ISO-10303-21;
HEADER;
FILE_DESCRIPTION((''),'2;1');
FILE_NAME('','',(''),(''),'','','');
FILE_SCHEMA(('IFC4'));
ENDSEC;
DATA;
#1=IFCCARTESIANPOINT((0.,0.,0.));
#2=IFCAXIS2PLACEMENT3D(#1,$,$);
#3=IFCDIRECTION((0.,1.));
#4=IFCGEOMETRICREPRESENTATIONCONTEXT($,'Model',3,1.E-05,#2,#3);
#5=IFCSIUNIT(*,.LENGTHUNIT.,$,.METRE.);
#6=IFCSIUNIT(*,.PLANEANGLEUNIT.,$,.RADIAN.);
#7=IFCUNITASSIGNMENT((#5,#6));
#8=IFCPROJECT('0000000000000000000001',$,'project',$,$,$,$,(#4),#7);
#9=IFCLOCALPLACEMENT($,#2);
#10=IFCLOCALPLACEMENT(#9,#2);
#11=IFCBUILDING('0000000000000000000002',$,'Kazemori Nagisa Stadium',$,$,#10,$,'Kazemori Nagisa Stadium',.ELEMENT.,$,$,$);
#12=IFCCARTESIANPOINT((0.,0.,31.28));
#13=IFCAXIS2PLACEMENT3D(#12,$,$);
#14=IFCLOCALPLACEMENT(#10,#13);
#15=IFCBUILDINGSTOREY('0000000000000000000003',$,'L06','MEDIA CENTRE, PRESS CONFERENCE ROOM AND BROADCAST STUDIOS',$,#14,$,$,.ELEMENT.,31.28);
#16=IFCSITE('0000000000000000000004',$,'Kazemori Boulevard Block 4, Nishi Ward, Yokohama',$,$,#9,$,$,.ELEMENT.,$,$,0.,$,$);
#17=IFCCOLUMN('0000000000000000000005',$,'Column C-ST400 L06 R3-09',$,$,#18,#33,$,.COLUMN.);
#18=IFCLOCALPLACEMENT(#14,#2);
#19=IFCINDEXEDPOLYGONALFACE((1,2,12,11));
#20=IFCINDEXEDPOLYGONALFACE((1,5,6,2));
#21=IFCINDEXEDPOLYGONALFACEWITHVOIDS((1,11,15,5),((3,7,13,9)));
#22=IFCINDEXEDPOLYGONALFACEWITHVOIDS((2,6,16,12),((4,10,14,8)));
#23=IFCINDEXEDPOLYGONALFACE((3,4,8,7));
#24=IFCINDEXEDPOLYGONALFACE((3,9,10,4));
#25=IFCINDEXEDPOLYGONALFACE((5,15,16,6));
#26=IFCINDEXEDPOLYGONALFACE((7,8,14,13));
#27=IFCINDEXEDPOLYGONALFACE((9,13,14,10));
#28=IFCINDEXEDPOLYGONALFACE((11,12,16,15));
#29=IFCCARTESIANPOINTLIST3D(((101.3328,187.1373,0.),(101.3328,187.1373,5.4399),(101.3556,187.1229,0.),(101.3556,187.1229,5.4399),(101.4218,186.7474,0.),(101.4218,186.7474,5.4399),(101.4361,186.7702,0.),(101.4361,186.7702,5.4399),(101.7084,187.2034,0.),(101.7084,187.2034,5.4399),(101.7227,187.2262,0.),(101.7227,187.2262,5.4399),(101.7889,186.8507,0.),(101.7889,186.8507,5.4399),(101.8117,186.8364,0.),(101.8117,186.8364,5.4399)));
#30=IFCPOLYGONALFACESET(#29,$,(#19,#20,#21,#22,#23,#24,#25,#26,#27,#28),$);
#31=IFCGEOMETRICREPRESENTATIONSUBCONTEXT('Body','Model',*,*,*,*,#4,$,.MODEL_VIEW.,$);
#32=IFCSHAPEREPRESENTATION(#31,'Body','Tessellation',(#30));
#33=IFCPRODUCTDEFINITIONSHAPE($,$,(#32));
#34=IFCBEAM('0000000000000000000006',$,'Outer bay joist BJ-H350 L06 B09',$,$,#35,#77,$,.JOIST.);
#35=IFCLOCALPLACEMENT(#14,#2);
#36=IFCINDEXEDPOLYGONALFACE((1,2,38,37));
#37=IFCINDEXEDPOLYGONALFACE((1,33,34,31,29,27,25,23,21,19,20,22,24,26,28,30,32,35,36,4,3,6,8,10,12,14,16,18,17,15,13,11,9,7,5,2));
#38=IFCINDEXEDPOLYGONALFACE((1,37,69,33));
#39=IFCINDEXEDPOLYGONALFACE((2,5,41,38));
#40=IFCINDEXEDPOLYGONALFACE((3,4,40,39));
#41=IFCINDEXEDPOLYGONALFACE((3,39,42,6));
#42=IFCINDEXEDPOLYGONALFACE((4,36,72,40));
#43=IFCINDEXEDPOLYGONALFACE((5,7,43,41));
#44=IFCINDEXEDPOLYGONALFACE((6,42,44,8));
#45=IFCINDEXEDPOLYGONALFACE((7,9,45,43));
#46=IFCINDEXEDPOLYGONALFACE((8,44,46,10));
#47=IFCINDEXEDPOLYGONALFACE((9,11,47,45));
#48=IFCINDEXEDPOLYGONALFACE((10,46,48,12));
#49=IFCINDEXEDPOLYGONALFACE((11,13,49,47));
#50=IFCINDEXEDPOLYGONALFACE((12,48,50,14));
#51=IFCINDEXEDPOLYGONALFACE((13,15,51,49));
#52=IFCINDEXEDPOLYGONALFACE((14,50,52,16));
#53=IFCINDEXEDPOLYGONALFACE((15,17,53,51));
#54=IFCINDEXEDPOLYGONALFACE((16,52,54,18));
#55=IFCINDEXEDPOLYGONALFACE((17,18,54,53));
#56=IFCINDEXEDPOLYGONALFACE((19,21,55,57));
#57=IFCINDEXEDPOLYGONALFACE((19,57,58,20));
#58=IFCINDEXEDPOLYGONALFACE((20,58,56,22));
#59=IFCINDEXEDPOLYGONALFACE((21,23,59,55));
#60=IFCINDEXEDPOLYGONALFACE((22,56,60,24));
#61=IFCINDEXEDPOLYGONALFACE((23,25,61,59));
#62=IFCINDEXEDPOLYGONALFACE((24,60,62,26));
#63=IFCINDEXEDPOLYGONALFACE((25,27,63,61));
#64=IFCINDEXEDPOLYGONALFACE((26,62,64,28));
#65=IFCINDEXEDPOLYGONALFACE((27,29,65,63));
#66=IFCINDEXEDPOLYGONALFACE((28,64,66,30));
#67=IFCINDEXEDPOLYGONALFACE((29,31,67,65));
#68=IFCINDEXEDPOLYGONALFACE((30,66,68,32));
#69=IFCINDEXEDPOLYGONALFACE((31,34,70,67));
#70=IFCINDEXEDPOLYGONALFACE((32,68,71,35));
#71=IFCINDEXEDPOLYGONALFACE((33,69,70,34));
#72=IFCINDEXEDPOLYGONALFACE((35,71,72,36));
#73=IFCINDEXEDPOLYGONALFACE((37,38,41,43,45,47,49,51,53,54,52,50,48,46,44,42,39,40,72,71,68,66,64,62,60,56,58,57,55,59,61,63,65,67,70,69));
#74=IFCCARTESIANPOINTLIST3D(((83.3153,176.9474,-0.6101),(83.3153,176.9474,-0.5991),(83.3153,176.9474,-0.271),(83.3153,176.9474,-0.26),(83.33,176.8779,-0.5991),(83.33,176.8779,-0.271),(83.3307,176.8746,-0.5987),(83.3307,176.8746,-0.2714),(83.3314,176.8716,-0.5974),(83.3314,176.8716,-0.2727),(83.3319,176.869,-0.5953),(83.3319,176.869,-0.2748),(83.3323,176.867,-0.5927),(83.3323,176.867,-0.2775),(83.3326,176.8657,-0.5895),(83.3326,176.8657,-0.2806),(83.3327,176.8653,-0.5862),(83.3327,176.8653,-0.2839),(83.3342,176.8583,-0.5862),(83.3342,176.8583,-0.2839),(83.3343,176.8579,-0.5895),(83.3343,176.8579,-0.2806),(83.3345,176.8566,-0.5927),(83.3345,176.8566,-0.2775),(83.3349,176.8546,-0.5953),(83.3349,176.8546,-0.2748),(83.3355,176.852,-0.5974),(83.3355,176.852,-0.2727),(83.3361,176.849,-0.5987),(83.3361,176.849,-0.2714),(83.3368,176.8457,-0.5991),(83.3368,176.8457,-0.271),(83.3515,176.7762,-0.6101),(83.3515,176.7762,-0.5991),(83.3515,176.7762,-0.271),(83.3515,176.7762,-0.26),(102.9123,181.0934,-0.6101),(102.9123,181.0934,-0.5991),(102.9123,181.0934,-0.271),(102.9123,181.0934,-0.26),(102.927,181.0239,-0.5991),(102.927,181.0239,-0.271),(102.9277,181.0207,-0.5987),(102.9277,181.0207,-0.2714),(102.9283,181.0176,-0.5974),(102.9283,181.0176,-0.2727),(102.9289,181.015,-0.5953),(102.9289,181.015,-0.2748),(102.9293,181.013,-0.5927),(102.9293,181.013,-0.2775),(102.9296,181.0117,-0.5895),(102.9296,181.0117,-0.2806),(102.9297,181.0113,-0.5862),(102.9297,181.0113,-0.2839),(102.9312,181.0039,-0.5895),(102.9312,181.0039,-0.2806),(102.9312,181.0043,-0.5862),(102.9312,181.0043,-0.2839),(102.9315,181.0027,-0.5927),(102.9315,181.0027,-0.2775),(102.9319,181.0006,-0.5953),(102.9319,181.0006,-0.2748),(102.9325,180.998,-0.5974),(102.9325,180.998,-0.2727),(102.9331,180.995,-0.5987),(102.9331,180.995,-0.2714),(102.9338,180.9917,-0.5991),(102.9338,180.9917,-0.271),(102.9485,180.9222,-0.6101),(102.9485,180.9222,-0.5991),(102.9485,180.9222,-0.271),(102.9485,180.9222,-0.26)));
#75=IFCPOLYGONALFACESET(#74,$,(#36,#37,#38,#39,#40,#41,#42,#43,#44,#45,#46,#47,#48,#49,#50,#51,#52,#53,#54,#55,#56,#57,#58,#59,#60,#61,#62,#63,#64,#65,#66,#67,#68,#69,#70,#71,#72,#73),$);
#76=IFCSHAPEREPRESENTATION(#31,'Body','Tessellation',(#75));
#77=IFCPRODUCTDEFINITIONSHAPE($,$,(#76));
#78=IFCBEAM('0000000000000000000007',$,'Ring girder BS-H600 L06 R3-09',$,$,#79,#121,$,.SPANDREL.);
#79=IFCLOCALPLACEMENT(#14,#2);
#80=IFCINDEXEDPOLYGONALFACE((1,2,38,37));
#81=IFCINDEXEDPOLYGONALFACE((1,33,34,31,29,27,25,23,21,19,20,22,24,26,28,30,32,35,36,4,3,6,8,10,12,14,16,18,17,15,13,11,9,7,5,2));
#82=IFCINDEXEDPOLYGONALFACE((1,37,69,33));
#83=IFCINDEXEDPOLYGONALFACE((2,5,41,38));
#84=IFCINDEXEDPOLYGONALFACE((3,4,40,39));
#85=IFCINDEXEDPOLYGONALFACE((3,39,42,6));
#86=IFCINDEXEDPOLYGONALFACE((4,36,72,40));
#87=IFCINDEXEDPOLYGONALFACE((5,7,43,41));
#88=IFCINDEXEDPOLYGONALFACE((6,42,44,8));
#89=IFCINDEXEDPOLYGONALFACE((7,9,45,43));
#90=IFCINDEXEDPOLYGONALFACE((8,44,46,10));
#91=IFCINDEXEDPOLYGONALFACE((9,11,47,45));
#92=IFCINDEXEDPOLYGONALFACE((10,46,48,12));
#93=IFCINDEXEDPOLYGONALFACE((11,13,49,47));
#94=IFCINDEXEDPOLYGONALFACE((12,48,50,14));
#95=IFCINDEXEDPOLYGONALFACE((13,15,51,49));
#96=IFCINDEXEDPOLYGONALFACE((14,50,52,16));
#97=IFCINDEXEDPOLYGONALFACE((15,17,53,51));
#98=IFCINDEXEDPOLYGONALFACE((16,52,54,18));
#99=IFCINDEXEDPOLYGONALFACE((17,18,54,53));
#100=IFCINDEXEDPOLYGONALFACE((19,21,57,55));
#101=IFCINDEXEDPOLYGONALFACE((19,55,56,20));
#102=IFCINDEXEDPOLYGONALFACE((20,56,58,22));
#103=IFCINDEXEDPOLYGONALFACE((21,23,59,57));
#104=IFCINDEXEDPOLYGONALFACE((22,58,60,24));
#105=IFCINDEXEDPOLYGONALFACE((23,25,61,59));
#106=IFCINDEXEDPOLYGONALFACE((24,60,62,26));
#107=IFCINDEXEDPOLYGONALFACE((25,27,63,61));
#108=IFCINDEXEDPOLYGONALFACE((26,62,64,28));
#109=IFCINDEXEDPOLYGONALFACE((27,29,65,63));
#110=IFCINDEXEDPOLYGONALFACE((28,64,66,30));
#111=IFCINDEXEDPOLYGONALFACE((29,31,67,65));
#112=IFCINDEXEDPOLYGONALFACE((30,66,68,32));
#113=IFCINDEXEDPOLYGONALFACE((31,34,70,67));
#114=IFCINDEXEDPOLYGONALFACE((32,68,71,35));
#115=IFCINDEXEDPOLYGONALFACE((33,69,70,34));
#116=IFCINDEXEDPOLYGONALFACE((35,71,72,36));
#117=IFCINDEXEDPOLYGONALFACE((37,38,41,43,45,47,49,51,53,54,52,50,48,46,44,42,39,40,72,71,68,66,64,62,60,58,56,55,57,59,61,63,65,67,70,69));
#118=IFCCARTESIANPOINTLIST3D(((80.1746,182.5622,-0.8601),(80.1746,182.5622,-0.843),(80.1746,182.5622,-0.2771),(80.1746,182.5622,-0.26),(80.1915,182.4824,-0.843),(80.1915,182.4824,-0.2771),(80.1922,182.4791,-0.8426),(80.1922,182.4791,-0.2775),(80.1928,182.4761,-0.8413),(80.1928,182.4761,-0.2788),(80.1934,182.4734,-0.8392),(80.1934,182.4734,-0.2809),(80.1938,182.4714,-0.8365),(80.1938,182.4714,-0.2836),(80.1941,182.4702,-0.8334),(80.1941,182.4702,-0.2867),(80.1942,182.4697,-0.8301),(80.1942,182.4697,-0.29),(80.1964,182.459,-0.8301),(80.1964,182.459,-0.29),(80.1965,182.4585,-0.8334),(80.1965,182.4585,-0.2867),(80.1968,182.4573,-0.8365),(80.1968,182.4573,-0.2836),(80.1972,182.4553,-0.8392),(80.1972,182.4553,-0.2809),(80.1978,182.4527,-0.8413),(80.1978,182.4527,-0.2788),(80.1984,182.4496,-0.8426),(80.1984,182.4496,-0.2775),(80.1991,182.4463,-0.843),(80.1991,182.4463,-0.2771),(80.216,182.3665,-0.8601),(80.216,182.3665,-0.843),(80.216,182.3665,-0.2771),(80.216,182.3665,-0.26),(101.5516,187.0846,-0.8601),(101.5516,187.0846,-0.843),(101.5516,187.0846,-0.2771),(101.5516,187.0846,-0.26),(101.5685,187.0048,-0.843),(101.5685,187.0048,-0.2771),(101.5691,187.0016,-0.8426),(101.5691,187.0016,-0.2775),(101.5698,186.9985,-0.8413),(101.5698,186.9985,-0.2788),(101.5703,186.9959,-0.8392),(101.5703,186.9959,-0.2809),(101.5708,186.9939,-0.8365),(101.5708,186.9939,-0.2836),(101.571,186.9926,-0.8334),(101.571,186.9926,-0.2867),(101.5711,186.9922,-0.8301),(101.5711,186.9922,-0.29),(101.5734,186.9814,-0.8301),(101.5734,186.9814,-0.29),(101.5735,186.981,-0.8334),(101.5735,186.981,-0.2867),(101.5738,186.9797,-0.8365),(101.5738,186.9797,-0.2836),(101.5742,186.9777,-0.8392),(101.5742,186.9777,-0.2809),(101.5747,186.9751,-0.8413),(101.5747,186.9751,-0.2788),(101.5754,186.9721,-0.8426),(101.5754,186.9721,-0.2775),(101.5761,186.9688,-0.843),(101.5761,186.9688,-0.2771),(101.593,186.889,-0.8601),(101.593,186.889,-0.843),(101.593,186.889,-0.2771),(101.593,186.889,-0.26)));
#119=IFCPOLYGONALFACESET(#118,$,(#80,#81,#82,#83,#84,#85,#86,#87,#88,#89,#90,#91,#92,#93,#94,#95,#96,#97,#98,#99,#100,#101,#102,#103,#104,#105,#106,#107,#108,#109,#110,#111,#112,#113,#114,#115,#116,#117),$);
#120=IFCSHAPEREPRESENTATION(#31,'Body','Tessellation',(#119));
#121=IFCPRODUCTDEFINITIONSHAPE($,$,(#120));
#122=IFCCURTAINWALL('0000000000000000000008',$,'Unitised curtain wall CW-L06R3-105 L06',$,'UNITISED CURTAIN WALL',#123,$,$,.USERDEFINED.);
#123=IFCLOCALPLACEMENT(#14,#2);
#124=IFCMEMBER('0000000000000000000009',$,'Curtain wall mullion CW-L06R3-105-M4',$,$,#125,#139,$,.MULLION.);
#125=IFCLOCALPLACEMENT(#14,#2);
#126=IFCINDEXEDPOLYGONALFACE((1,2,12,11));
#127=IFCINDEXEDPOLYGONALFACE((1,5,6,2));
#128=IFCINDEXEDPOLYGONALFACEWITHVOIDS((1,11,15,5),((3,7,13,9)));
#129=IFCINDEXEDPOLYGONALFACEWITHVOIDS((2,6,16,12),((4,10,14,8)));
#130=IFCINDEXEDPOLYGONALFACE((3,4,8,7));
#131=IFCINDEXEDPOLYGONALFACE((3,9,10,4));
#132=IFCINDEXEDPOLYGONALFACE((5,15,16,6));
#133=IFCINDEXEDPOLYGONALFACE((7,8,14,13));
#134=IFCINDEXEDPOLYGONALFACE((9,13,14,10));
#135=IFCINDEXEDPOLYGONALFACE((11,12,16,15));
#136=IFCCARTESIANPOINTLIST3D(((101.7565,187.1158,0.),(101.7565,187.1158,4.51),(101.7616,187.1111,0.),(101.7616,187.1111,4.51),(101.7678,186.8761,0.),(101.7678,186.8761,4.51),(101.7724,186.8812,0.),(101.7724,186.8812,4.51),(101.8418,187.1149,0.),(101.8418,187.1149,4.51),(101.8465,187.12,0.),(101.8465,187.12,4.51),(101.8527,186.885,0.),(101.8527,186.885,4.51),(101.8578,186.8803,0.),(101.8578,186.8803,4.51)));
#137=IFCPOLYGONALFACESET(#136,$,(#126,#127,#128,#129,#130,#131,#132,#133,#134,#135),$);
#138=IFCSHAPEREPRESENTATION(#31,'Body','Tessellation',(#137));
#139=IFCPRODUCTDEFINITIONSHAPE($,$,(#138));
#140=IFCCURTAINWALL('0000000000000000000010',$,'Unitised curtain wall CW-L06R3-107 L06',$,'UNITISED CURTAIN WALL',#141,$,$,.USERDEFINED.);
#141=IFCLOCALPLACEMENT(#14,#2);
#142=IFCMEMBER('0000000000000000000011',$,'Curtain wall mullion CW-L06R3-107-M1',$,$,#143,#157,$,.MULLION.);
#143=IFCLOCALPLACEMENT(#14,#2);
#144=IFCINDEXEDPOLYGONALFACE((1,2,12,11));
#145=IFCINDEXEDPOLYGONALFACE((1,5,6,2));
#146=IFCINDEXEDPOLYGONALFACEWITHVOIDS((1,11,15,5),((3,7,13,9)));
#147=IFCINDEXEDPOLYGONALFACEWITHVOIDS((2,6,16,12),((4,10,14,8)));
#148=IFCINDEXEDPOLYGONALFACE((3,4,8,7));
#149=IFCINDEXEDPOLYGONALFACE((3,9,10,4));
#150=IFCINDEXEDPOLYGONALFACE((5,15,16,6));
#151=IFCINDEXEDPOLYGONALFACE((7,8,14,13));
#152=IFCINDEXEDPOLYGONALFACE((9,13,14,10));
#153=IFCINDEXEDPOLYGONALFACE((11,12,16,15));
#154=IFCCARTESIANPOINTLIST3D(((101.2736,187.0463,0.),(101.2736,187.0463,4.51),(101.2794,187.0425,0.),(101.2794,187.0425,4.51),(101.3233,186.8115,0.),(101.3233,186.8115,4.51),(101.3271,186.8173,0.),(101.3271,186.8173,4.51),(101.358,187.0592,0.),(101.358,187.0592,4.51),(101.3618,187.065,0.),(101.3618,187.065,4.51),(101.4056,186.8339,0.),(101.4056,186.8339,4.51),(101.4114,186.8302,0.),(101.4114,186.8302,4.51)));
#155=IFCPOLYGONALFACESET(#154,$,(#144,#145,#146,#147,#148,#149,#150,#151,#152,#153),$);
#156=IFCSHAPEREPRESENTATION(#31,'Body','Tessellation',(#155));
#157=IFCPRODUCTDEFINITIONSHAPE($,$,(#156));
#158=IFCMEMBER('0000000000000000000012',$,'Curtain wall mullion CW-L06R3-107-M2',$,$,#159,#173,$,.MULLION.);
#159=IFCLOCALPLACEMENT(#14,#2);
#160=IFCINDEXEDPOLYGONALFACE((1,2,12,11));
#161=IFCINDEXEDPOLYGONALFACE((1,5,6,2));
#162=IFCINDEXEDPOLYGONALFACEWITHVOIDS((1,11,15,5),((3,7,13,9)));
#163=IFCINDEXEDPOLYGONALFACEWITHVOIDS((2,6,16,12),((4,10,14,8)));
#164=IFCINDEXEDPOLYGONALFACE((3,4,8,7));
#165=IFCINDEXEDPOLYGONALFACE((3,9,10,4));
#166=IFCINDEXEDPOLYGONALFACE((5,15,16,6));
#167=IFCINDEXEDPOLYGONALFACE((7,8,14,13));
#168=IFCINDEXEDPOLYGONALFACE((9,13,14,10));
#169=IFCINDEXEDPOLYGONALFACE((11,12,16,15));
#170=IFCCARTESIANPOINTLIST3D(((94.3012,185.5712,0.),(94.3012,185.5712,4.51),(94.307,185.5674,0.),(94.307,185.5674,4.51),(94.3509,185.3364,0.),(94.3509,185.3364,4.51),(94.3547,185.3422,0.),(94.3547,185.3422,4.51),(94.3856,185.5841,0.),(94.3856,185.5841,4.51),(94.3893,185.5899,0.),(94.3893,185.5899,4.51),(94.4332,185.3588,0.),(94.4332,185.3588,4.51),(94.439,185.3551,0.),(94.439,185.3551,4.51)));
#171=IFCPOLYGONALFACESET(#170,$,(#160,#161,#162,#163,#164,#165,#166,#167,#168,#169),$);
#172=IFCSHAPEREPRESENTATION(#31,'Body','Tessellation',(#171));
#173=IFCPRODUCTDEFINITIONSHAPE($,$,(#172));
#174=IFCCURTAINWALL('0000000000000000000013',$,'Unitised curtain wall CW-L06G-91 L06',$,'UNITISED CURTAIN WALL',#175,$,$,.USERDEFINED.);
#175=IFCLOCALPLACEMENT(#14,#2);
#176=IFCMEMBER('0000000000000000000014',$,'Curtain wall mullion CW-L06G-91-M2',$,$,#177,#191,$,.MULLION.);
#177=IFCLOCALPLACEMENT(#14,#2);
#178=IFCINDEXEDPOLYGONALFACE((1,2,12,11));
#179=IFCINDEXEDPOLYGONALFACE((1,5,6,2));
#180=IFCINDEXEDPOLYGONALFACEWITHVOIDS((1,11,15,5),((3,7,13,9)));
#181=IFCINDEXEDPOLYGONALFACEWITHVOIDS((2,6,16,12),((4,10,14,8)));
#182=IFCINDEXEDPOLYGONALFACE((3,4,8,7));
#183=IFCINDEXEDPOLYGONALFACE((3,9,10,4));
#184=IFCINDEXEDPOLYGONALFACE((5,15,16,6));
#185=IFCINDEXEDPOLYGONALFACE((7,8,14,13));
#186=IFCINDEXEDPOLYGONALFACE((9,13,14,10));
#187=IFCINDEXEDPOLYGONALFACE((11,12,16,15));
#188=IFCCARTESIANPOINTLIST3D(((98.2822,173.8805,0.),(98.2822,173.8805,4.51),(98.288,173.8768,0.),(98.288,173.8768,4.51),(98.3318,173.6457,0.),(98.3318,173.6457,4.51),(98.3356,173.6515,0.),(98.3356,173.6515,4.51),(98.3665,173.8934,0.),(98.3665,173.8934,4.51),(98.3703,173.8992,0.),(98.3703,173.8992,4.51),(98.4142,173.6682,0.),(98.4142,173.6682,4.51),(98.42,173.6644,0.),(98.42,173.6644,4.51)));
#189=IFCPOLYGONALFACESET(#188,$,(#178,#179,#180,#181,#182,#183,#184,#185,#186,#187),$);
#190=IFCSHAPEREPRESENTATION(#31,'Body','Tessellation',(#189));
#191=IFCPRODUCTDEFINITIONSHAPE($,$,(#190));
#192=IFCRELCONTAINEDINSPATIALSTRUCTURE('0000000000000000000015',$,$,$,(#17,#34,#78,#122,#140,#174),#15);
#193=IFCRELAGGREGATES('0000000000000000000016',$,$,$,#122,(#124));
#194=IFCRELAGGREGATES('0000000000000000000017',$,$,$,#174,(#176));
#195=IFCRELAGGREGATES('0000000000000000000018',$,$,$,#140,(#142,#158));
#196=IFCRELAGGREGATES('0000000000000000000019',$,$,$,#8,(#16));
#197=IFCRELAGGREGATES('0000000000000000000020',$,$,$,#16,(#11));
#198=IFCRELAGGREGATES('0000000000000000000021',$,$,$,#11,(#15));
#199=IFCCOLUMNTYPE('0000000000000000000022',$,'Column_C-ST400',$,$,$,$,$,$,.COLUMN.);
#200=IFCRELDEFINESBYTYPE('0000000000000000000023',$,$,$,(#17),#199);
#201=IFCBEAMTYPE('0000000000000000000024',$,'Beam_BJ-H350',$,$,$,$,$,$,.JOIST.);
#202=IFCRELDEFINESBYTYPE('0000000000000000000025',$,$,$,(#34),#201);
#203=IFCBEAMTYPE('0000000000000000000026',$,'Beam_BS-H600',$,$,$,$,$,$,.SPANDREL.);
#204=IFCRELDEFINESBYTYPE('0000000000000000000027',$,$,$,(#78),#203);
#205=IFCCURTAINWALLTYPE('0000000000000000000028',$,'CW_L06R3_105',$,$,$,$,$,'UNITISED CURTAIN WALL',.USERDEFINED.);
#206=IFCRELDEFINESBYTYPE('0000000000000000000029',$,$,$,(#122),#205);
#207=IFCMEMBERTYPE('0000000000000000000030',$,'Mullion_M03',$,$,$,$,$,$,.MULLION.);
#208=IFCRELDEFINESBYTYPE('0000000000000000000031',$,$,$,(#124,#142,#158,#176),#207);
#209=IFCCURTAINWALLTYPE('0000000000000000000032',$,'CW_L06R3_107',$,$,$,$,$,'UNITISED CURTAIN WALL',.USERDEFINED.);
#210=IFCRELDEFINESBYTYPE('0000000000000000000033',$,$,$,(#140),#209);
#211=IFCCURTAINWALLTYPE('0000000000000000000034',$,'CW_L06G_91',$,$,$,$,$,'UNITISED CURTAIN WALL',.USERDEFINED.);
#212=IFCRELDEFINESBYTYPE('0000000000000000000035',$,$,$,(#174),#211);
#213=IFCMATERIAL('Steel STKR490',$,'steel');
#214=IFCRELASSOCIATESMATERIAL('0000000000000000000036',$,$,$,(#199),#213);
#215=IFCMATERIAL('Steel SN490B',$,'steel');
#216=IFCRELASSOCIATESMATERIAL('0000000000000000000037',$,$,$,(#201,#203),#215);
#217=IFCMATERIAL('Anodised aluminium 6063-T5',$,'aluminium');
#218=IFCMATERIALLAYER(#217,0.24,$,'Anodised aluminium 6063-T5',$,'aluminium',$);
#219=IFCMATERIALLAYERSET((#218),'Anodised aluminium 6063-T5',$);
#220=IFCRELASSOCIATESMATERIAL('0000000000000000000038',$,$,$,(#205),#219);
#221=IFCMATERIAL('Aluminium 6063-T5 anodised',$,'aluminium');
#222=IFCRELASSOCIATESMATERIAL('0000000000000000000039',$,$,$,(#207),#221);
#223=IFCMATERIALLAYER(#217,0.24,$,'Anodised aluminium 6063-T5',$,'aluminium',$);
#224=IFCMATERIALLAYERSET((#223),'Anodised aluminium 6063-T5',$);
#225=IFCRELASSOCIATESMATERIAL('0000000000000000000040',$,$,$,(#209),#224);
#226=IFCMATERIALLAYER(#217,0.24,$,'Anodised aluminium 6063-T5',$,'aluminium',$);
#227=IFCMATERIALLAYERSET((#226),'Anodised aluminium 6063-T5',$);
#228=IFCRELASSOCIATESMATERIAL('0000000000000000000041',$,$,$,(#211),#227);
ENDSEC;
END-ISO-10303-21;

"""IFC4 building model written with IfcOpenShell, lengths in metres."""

from ifc_helpers import new_model, si_unit, direction, frame, origin, origin_2d, place, context, subcontext, project, spatial, hollow_rectangle, i_section, extrude, material, layer, layer_set, material_profile, profile_set, type_object, element, aggregate, save


model = new_model("IFC4")

# Units and contexts
model_context = context("Model", 3, precision=1e-05, world=origin(), true_north=direction((0.0, 1.0)))
body_context = subcontext(model_context, "Body", "Model", "MODEL_VIEW")
ifc_project = project(units=[si_unit("LENGTHUNIT", "METRE"), si_unit("PLANEANGLEUNIT", "RADIAN")], contexts=[model_context])

# Site, building, storey
site_placement = place(None, origin())
site = spatial("IfcSite", under=ifc_project, at=site_placement, Name="Kazemori Boulevard Block 4, Nishi Ward, Yokohama", CompositionType="ELEMENT", RefElevation=0.0)
building_placement = place(site_placement, origin())
building = spatial("IfcBuilding", under=site, at=building_placement, Name="Kazemori Nagisa Stadium", LongName="Kazemori Nagisa Stadium", CompositionType="ELEMENT")
storey_placement = place(building_placement, frame((0.0, 0.0, 31.28)))
storey = spatial("IfcBuildingStorey", under=building, at=storey_placement, Name="L06", Description="MEDIA CENTRE, PRESS CONFERENCE ROOM AND BROADCAST STUDIOS", CompositionType="ELEMENT", Elevation=31.28)

# Column
ifc_material_1 = material(Name="Steel STKR490", Category="steel")
ifc_material_profile_1 = material_profile(ifc_material_1, hollow_rectangle(XDim=0.3999, YDim=0.3999, WallThickness=0.019, at=origin_2d()), Name="SHS-400x400x19")
ifc_profile_set_1 = profile_set([ifc_material_profile_1], Name="Steel STKR490")
column_type = type_object("IfcColumnType", Name="Column_C-ST400", PredefinedType="COLUMN", material=ifc_profile_set_1)
column_placement = place(storey_placement, frame((101.5723, 186.9868, 0.0), z_axis=(0.0, 0.0, 1.0), x_axis=(-0.222521, 0.974928, 0.0)))
element("IfcColumn", 1, at=column_placement, inside=storey, type_object=column_type, Name="Column C-ST400 L06 R3-09", PredefinedType="COLUMN", context=body_context, shape_type="SweptSolid", body=[
    extrude(hollow_rectangle(XDim=0.3999, YDim=0.3999, WallThickness=0.019, at=origin_2d()), origin(), (0.0, 0.0, 1.0), 5.4399),
])

# Beams
ifc_material_2 = material(Name="Steel SN490B", Category="steel")
ifc_material_profile_2 = material_profile(ifc_material_2, i_section(OverallWidth=0.175, OverallDepth=0.3501, WebThickness=0.0071, FlangeThickness=0.011, FilletRadius=0.0129, at=origin_2d()), Name="H-350x175x7x11")
ifc_profile_set_2 = profile_set([ifc_material_profile_2], Name="Steel SN490B")
beam_type_1 = type_object("IfcBeamType", Name="Beam_BJ-H350", PredefinedType="JOIST", material=ifc_profile_set_2)
beam_1_placement = place(storey_placement, frame((102.9304, 181.0078, -0.4351), z_axis=(-0.978345, -0.206982, 0.0), x_axis=(0.206982, -0.978345, 0.0)))
element("IfcBeam", 2, at=beam_1_placement, inside=storey, type_object=beam_type_1, Name="Outer bay joist BJ-H350 L06 B09", PredefinedType="JOIST", context=body_context, shape_type="SweptSolid", body=[
    extrude(i_section(OverallWidth=0.175, OverallDepth=0.3501, WebThickness=0.0071, FlangeThickness=0.011, FilletRadius=0.0129, at=origin_2d()), origin(), (0.0, 0.0, 1.0), 20.0308),
])
ifc_material_profile_3 = material_profile(ifc_material_2, i_section(OverallWidth=0.2, OverallDepth=0.6001, WebThickness=0.011, FlangeThickness=0.0171, FilletRadius=0.0129, at=origin_2d()), Name="H-600x200x11x17")
ifc_profile_set_3 = profile_set([ifc_material_profile_3], Name="Steel SN490B")
beam_type_2 = type_object("IfcBeamType", Name="Beam_BS-H600", PredefinedType="SPANDREL", material=ifc_profile_set_3)
beam_2_placement = place(storey_placement, frame((101.5723, 186.9868, -0.5601), z_axis=(-0.978346, -0.206977, 0.0), x_axis=(0.206977, -0.978346, 0.0)))
element("IfcBeam", 3, at=beam_2_placement, inside=storey, type_object=beam_type_2, Name="Ring girder BS-H600 L06 R3-09", PredefinedType="SPANDREL", context=body_context, shape_type="SweptSolid", body=[
    extrude(i_section(OverallWidth=0.2, OverallDepth=0.6001, WebThickness=0.011, FlangeThickness=0.0171, FilletRadius=0.0129, at=origin_2d()), origin(), (0.0, 0.0, 1.0), 21.8501),
])

# Curtain wall, member
ifc_material_3 = material(Name="Anodised aluminium 6063-T5", Category="aluminium")
ifc_layer_1 = layer(ifc_material_3, 0.24, Name="Anodised aluminium 6063-T5", Category="aluminium")
ifc_layer_set_1 = layer_set([ifc_layer_1], Name="Anodised aluminium 6063-T5")
curtain_wall_type_1 = type_object("IfcCurtainWallType", Name="CW_L06R3_105", ElementType="UNITISED CURTAIN WALL", PredefinedType="USERDEFINED", material=ifc_layer_set_1)
curtain_wall_1_placement = place(storey_placement, origin())
curtain_wall_1 = element("IfcCurtainWall", 4, at=curtain_wall_1_placement, inside=storey, type_object=curtain_wall_type_1, Name="Unitised curtain wall CW-L06R3-105 L06", ObjectType="UNITISED CURTAIN WALL", PredefinedType="USERDEFINED")
ifc_material_4 = material(Name="Aluminium 6063-T5 anodised", Category="aluminium")
ifc_material_profile_4 = material_profile(ifc_material_4, hollow_rectangle(XDim=0.0901, YDim=0.24, WallThickness=0.0049, at=origin_2d()), Name="ALU-MULL-90x240x5")
ifc_profile_set_4 = profile_set([ifc_material_profile_4], Name="Aluminium 6063-T5 anodised")
member_type_1 = type_object("IfcMemberType", Name="Mullion_M03", PredefinedType="MULLION", material=ifc_profile_set_4)
member_1_placement = place(storey_placement, frame((101.8071, 186.998, 0.0), z_axis=(0.0, 0.0, 1.0), x_axis=(-0.998884, -0.04723, 0.0)))
member_1 = element("IfcMember", 5, at=member_1_placement, type_object=member_type_1, Name="Curtain wall mullion CW-L06R3-105-M4", PredefinedType="MULLION", context=body_context, shape_type="SweptSolid", body=[
    extrude(hollow_rectangle(XDim=0.0901, YDim=0.24, WallThickness=0.0049, at=origin_2d()), origin(), (0.0, 0.0, 1.0), 4.51),
])
aggregate(curtain_wall_1, [member_1])

# Curtain wall, members
ifc_layer_2 = layer(ifc_material_3, 0.24, Name="Anodised aluminium 6063-T5", Category="aluminium")
ifc_layer_set_2 = layer_set([ifc_layer_2], Name="Anodised aluminium 6063-T5")
curtain_wall_type_2 = type_object("IfcCurtainWallType", Name="CW_L06R3_107", ElementType="UNITISED CURTAIN WALL", PredefinedType="USERDEFINED", material=ifc_layer_set_2)
curtain_wall_2_placement = place(storey_placement, origin())
curtain_wall_2 = element("IfcCurtainWall", 6, at=curtain_wall_2_placement, inside=storey, type_object=curtain_wall_type_2, Name="Unitised curtain wall CW-L06R3-107 L06", ObjectType="UNITISED CURTAIN WALL", PredefinedType="USERDEFINED")
member_2_placement = place(storey_placement, frame((101.3425, 186.9382, 0.0), z_axis=(0.0, 0.0, 1.0), x_axis=(-0.978345, -0.206981, 0.0)))
member_2 = element("IfcMember", 7, at=member_2_placement, type_object=member_type_1, Name="Curtain wall mullion CW-L06R3-107-M1", PredefinedType="MULLION", context=body_context, shape_type="SweptSolid", body=[
    extrude(hollow_rectangle(XDim=0.0901, YDim=0.24, WallThickness=0.0049, at=origin_2d()), origin(), (0.0, 0.0, 1.0), 4.51),
])
member_3_placement = place(storey_placement, frame((94.3701, 185.4631, 0.0), z_axis=(0.0, 0.0, 1.0), x_axis=(-0.978345, -0.206981, 0.0)))
member_3 = element("IfcMember", 8, at=member_3_placement, type_object=member_type_1, Name="Curtain wall mullion CW-L06R3-107-M2", PredefinedType="MULLION", context=body_context, shape_type="SweptSolid", body=[
    extrude(hollow_rectangle(XDim=0.0901, YDim=0.24, WallThickness=0.0049, at=origin_2d()), origin(), (0.0, 0.0, 1.0), 4.51),
])

# Curtain wall, member
ifc_layer_3 = layer(ifc_material_3, 0.24, Name="Anodised aluminium 6063-T5", Category="aluminium")
ifc_layer_set_3 = layer_set([ifc_layer_3], Name="Anodised aluminium 6063-T5")
curtain_wall_type_3 = type_object("IfcCurtainWallType", Name="CW_L06G_91", ElementType="UNITISED CURTAIN WALL", PredefinedType="USERDEFINED", material=ifc_layer_set_3)
curtain_wall_3_placement = place(storey_placement, origin())
curtain_wall_3 = element("IfcCurtainWall", 9, at=curtain_wall_3_placement, inside=storey, type_object=curtain_wall_type_3, Name="Unitised curtain wall CW-L06G-91 L06", ObjectType="UNITISED CURTAIN WALL", PredefinedType="USERDEFINED")
member_4_placement = place(storey_placement, frame((98.3511, 173.7725, 0.0), z_axis=(0.0, 0.0, 1.0), x_axis=(-0.978345, -0.206981, 0.0)))
member_4 = element("IfcMember", 10, at=member_4_placement, type_object=member_type_1, Name="Curtain wall mullion CW-L06G-91-M2", PredefinedType="MULLION", context=body_context, shape_type="SweptSolid", body=[
    extrude(hollow_rectangle(XDim=0.0901, YDim=0.24, WallThickness=0.0049, at=origin_2d()), origin(), (0.0, 0.0, 1.0), 4.51),
])

aggregate(curtain_wall_3, [member_4])
aggregate(curtain_wall_2, [member_2, member_3])

save(model, "model.ifc")
